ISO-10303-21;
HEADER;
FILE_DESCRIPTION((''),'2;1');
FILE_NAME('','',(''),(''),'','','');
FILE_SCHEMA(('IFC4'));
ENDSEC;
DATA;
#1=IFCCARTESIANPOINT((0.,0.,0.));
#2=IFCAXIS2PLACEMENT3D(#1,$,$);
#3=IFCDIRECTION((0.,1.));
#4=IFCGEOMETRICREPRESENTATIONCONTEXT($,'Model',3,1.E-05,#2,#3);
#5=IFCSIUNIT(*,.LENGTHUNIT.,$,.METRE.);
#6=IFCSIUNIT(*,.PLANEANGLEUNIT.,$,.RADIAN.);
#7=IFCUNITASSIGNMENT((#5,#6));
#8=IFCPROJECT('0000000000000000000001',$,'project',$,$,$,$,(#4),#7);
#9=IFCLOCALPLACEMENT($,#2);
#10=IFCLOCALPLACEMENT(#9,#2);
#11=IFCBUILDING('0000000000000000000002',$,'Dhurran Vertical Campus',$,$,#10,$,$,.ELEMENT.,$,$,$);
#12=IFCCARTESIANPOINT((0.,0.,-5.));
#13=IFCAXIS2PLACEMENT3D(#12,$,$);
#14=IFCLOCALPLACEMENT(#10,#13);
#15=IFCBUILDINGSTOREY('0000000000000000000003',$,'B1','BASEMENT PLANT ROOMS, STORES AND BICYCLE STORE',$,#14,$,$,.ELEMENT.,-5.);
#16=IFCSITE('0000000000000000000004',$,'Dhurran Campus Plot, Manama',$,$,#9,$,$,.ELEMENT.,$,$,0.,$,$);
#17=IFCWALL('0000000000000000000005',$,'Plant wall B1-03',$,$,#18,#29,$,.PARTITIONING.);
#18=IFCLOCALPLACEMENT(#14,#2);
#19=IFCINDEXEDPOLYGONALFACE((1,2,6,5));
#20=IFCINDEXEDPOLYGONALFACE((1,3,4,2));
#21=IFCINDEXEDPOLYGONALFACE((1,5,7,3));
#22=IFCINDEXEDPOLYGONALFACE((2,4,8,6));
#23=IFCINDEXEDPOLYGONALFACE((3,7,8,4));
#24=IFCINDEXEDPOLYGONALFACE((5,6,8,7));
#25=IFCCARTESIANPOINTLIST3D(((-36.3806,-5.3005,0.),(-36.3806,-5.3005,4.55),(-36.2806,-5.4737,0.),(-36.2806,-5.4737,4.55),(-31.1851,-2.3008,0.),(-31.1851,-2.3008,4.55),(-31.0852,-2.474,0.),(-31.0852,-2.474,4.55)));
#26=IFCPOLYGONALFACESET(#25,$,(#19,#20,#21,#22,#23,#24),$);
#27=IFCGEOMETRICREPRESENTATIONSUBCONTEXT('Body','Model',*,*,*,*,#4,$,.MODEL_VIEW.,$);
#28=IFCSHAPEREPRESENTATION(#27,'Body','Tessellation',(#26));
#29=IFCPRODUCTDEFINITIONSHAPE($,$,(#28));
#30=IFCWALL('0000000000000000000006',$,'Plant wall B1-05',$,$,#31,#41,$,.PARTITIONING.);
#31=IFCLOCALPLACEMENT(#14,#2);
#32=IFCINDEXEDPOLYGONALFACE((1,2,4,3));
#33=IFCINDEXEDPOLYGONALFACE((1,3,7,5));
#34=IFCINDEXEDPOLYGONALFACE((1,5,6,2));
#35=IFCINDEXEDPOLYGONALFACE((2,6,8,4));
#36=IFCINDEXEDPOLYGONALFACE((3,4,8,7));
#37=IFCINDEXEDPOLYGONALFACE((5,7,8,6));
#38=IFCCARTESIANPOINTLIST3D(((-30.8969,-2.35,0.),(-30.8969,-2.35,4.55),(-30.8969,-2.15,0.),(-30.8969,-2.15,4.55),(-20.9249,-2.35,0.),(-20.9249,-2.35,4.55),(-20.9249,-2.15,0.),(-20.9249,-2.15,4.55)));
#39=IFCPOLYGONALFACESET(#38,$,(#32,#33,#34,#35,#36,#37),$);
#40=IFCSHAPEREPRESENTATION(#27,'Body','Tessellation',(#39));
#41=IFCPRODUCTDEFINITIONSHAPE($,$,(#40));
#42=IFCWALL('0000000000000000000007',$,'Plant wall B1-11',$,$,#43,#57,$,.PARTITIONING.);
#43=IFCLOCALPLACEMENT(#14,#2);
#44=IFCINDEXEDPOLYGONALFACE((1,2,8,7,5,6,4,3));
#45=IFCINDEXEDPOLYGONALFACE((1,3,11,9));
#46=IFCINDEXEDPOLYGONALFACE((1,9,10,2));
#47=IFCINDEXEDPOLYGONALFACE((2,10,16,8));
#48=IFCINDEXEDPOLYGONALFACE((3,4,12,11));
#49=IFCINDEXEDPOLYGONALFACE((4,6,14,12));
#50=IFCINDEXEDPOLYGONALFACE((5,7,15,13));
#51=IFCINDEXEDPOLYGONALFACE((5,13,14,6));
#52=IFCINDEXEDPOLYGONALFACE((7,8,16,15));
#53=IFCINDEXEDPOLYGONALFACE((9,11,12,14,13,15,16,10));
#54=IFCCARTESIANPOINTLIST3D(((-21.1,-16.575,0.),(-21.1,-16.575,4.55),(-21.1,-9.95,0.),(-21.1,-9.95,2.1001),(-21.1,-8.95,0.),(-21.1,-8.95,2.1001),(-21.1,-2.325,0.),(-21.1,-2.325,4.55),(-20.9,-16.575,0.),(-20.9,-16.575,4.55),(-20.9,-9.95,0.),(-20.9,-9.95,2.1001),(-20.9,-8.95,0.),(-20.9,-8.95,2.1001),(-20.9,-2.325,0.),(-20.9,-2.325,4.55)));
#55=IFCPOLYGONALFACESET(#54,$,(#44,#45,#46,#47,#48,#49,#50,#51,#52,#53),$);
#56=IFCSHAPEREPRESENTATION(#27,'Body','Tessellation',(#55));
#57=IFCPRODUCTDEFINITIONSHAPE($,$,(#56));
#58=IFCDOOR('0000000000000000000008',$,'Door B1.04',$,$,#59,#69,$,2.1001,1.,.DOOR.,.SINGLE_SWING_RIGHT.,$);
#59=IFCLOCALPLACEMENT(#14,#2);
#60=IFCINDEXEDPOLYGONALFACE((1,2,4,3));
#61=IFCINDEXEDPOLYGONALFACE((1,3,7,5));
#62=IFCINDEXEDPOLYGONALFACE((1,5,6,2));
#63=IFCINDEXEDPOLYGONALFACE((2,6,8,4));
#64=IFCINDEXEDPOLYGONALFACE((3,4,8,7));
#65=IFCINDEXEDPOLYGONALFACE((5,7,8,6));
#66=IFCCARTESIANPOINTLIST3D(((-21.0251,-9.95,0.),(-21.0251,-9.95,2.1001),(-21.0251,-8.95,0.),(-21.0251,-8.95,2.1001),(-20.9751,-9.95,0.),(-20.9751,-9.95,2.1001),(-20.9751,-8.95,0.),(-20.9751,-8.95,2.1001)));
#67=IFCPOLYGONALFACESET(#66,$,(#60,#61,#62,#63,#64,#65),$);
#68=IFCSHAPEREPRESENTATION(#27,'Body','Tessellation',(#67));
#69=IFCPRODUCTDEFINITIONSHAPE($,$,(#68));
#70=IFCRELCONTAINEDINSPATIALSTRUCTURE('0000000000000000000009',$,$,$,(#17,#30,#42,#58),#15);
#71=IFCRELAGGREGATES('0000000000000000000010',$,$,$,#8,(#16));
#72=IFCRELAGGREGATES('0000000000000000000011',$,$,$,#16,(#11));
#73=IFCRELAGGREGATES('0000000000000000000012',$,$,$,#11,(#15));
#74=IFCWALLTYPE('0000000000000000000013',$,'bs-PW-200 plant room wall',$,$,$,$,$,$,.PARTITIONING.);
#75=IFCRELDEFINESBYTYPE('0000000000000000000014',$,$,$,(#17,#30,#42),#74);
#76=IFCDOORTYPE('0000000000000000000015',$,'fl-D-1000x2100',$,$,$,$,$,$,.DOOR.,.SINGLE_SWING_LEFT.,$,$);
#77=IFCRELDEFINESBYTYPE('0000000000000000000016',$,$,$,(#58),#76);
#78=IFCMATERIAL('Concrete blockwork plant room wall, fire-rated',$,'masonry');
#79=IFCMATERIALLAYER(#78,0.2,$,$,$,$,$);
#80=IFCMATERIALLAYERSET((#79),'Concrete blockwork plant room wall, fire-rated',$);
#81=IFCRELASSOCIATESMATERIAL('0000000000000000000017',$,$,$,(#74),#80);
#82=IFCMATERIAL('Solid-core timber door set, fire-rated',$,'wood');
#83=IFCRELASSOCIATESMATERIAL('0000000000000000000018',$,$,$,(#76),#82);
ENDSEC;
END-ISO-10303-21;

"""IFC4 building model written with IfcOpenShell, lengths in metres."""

from ifc_helpers import new_model, si_unit, direction, frame, frame_2d, origin, place, context, subcontext, project, spatial, rectangle, extrude, material, layer, layer_set, type_object, element, fill, save


model = new_model("IFC4")

# Units and contexts
model_context = context("Model", 3, precision=1e-05, world=origin(), true_north=direction((0.0, 1.0)))
body_context = subcontext(model_context, "Body", "Model", "MODEL_VIEW")
ifc_project = project(units=[si_unit("LENGTHUNIT", "METRE"), si_unit("PLANEANGLEUNIT", "RADIAN")], contexts=[model_context])

# Site, building, storey
site_placement = place(None, origin())
site = spatial("IfcSite", under=ifc_project, at=site_placement, Name="Dhurran Campus Plot, Manama", CompositionType="ELEMENT", RefElevation=0.0)
building_placement = place(site_placement, origin())
building = spatial("IfcBuilding", under=site, at=building_placement, Name="Dhurran Vertical Campus", CompositionType="ELEMENT")
storey_placement = place(building_placement, frame((0.0, 0.0, -5.0)))
storey = spatial("IfcBuildingStorey", under=building, at=storey_placement, Name="B1", Description="BASEMENT PLANT ROOMS, STORES AND BICYCLE STORE", CompositionType="ELEMENT", Elevation=-5.0)

# Shared definitions
ifc_material_1 = material(Name="Concrete blockwork plant room wall, fire-rated", Category="masonry")
ifc_layer = layer(ifc_material_1, 0.2)
ifc_layer_set = layer_set([ifc_layer], Name="Concrete blockwork plant room wall, fire-rated")
wall_type = type_object("IfcWallType", Name="bs-PW-200 plant room wall", PredefinedType="PARTITIONING", material=ifc_layer_set)
ifc_material_2 = material(Name="Solid-core timber door set, fire-rated", Category="wood")
door_type = type_object("IfcDoorType", Name="fl-D-1000x2100", OperationType="SINGLE_SWING_LEFT", PredefinedType="DOOR", material=ifc_material_2)

# Walls
wall_1_placement = place(storey_placement, frame((-31.1353, -2.3875, 0.0), z_axis=(0.0, 0.0, 1.0), x_axis=(-0.866018, -0.500012, 0.0)))
element("IfcWall", 1, at=wall_1_placement, inside=storey, type_object=wall_type, Name="Plant wall B1-03", PredefinedType="PARTITIONING", context=body_context, shape_type="SweptSolid", body=[
    extrude(rectangle(XDim=5.9993, YDim=0.2, at=frame_2d((2.9995, 0.0))), origin(), (0.0, 0.0, 1.0), 4.55),
])
wall_2_placement = place(storey_placement, frame((-20.925, -2.25, 0.0), z_axis=(0.0, 0.0, 1.0), x_axis=(-1.0, 0.0, 0.0)))
element("IfcWall", 2, at=wall_2_placement, inside=storey, type_object=wall_type, Name="Plant wall B1-05", PredefinedType="PARTITIONING", context=body_context, shape_type="SweptSolid", body=[
    extrude(rectangle(XDim=9.9719, YDim=0.2, at=frame_2d((4.9858, 0.0))), origin(), (0.0, 0.0, 1.0), 4.55),
])

# Wall, opening, door
wall_3_placement = place(storey_placement, frame((-21.0, -2.325, 0.0), z_axis=(0.0, 0.0, 1.0), x_axis=(0.0, -1.0, 0.0)))
wall_3 = element("IfcWall", 3, at=wall_3_placement, inside=storey, type_object=wall_type, Name="Plant wall B1-11", PredefinedType="PARTITIONING", context=body_context, shape_type="SweptSolid", body=[
    extrude(rectangle(XDim=14.25, YDim=0.2, at=frame_2d((7.125, 0.0))), origin(), (0.0, 0.0, 1.0), 4.55),
])
opening_1_placement = place(wall_3_placement, frame((6.625, 0.0, 0.0)))
opening_1 = element("IfcOpeningElement", 4, at=opening_1_placement, cuts=wall_3, PredefinedType="OPENING", context=body_context, shape_type="SweptSolid", body=[
    extrude(rectangle(XDim=1.0, YDim=2.1001, at=frame_2d((0.5, 1.05))), frame((0.0, 0.1099, 0.0), z_axis=(0.0, -1.0, 0.0), x_axis=(1.0, 0.0, 0.0)), (0.0, 0.0, 1.0), 0.22),
])
door_1_placement = place(opening_1_placement, origin())
door_1 = element("IfcDoor", 5, at=door_1_placement, inside=storey, type_object=door_type, Name="Door B1.04", OperationType="SINGLE_SWING_RIGHT", OverallHeight=2.1001, OverallWidth=1.0, PredefinedType="DOOR", context=body_context, shape_type="SweptSolid", body=[
    extrude(rectangle(XDim=1.0, YDim=2.1001, at=frame_2d((0.5, 1.05))), frame((0.0, 0.0249, 0.0), z_axis=(0.0, -1.0, 0.0), x_axis=(1.0, 0.0, 0.0)), (0.0, 0.0, 1.0), 0.05),
])
fill(opening_1, door_1)

save(model, "model.ifc")
